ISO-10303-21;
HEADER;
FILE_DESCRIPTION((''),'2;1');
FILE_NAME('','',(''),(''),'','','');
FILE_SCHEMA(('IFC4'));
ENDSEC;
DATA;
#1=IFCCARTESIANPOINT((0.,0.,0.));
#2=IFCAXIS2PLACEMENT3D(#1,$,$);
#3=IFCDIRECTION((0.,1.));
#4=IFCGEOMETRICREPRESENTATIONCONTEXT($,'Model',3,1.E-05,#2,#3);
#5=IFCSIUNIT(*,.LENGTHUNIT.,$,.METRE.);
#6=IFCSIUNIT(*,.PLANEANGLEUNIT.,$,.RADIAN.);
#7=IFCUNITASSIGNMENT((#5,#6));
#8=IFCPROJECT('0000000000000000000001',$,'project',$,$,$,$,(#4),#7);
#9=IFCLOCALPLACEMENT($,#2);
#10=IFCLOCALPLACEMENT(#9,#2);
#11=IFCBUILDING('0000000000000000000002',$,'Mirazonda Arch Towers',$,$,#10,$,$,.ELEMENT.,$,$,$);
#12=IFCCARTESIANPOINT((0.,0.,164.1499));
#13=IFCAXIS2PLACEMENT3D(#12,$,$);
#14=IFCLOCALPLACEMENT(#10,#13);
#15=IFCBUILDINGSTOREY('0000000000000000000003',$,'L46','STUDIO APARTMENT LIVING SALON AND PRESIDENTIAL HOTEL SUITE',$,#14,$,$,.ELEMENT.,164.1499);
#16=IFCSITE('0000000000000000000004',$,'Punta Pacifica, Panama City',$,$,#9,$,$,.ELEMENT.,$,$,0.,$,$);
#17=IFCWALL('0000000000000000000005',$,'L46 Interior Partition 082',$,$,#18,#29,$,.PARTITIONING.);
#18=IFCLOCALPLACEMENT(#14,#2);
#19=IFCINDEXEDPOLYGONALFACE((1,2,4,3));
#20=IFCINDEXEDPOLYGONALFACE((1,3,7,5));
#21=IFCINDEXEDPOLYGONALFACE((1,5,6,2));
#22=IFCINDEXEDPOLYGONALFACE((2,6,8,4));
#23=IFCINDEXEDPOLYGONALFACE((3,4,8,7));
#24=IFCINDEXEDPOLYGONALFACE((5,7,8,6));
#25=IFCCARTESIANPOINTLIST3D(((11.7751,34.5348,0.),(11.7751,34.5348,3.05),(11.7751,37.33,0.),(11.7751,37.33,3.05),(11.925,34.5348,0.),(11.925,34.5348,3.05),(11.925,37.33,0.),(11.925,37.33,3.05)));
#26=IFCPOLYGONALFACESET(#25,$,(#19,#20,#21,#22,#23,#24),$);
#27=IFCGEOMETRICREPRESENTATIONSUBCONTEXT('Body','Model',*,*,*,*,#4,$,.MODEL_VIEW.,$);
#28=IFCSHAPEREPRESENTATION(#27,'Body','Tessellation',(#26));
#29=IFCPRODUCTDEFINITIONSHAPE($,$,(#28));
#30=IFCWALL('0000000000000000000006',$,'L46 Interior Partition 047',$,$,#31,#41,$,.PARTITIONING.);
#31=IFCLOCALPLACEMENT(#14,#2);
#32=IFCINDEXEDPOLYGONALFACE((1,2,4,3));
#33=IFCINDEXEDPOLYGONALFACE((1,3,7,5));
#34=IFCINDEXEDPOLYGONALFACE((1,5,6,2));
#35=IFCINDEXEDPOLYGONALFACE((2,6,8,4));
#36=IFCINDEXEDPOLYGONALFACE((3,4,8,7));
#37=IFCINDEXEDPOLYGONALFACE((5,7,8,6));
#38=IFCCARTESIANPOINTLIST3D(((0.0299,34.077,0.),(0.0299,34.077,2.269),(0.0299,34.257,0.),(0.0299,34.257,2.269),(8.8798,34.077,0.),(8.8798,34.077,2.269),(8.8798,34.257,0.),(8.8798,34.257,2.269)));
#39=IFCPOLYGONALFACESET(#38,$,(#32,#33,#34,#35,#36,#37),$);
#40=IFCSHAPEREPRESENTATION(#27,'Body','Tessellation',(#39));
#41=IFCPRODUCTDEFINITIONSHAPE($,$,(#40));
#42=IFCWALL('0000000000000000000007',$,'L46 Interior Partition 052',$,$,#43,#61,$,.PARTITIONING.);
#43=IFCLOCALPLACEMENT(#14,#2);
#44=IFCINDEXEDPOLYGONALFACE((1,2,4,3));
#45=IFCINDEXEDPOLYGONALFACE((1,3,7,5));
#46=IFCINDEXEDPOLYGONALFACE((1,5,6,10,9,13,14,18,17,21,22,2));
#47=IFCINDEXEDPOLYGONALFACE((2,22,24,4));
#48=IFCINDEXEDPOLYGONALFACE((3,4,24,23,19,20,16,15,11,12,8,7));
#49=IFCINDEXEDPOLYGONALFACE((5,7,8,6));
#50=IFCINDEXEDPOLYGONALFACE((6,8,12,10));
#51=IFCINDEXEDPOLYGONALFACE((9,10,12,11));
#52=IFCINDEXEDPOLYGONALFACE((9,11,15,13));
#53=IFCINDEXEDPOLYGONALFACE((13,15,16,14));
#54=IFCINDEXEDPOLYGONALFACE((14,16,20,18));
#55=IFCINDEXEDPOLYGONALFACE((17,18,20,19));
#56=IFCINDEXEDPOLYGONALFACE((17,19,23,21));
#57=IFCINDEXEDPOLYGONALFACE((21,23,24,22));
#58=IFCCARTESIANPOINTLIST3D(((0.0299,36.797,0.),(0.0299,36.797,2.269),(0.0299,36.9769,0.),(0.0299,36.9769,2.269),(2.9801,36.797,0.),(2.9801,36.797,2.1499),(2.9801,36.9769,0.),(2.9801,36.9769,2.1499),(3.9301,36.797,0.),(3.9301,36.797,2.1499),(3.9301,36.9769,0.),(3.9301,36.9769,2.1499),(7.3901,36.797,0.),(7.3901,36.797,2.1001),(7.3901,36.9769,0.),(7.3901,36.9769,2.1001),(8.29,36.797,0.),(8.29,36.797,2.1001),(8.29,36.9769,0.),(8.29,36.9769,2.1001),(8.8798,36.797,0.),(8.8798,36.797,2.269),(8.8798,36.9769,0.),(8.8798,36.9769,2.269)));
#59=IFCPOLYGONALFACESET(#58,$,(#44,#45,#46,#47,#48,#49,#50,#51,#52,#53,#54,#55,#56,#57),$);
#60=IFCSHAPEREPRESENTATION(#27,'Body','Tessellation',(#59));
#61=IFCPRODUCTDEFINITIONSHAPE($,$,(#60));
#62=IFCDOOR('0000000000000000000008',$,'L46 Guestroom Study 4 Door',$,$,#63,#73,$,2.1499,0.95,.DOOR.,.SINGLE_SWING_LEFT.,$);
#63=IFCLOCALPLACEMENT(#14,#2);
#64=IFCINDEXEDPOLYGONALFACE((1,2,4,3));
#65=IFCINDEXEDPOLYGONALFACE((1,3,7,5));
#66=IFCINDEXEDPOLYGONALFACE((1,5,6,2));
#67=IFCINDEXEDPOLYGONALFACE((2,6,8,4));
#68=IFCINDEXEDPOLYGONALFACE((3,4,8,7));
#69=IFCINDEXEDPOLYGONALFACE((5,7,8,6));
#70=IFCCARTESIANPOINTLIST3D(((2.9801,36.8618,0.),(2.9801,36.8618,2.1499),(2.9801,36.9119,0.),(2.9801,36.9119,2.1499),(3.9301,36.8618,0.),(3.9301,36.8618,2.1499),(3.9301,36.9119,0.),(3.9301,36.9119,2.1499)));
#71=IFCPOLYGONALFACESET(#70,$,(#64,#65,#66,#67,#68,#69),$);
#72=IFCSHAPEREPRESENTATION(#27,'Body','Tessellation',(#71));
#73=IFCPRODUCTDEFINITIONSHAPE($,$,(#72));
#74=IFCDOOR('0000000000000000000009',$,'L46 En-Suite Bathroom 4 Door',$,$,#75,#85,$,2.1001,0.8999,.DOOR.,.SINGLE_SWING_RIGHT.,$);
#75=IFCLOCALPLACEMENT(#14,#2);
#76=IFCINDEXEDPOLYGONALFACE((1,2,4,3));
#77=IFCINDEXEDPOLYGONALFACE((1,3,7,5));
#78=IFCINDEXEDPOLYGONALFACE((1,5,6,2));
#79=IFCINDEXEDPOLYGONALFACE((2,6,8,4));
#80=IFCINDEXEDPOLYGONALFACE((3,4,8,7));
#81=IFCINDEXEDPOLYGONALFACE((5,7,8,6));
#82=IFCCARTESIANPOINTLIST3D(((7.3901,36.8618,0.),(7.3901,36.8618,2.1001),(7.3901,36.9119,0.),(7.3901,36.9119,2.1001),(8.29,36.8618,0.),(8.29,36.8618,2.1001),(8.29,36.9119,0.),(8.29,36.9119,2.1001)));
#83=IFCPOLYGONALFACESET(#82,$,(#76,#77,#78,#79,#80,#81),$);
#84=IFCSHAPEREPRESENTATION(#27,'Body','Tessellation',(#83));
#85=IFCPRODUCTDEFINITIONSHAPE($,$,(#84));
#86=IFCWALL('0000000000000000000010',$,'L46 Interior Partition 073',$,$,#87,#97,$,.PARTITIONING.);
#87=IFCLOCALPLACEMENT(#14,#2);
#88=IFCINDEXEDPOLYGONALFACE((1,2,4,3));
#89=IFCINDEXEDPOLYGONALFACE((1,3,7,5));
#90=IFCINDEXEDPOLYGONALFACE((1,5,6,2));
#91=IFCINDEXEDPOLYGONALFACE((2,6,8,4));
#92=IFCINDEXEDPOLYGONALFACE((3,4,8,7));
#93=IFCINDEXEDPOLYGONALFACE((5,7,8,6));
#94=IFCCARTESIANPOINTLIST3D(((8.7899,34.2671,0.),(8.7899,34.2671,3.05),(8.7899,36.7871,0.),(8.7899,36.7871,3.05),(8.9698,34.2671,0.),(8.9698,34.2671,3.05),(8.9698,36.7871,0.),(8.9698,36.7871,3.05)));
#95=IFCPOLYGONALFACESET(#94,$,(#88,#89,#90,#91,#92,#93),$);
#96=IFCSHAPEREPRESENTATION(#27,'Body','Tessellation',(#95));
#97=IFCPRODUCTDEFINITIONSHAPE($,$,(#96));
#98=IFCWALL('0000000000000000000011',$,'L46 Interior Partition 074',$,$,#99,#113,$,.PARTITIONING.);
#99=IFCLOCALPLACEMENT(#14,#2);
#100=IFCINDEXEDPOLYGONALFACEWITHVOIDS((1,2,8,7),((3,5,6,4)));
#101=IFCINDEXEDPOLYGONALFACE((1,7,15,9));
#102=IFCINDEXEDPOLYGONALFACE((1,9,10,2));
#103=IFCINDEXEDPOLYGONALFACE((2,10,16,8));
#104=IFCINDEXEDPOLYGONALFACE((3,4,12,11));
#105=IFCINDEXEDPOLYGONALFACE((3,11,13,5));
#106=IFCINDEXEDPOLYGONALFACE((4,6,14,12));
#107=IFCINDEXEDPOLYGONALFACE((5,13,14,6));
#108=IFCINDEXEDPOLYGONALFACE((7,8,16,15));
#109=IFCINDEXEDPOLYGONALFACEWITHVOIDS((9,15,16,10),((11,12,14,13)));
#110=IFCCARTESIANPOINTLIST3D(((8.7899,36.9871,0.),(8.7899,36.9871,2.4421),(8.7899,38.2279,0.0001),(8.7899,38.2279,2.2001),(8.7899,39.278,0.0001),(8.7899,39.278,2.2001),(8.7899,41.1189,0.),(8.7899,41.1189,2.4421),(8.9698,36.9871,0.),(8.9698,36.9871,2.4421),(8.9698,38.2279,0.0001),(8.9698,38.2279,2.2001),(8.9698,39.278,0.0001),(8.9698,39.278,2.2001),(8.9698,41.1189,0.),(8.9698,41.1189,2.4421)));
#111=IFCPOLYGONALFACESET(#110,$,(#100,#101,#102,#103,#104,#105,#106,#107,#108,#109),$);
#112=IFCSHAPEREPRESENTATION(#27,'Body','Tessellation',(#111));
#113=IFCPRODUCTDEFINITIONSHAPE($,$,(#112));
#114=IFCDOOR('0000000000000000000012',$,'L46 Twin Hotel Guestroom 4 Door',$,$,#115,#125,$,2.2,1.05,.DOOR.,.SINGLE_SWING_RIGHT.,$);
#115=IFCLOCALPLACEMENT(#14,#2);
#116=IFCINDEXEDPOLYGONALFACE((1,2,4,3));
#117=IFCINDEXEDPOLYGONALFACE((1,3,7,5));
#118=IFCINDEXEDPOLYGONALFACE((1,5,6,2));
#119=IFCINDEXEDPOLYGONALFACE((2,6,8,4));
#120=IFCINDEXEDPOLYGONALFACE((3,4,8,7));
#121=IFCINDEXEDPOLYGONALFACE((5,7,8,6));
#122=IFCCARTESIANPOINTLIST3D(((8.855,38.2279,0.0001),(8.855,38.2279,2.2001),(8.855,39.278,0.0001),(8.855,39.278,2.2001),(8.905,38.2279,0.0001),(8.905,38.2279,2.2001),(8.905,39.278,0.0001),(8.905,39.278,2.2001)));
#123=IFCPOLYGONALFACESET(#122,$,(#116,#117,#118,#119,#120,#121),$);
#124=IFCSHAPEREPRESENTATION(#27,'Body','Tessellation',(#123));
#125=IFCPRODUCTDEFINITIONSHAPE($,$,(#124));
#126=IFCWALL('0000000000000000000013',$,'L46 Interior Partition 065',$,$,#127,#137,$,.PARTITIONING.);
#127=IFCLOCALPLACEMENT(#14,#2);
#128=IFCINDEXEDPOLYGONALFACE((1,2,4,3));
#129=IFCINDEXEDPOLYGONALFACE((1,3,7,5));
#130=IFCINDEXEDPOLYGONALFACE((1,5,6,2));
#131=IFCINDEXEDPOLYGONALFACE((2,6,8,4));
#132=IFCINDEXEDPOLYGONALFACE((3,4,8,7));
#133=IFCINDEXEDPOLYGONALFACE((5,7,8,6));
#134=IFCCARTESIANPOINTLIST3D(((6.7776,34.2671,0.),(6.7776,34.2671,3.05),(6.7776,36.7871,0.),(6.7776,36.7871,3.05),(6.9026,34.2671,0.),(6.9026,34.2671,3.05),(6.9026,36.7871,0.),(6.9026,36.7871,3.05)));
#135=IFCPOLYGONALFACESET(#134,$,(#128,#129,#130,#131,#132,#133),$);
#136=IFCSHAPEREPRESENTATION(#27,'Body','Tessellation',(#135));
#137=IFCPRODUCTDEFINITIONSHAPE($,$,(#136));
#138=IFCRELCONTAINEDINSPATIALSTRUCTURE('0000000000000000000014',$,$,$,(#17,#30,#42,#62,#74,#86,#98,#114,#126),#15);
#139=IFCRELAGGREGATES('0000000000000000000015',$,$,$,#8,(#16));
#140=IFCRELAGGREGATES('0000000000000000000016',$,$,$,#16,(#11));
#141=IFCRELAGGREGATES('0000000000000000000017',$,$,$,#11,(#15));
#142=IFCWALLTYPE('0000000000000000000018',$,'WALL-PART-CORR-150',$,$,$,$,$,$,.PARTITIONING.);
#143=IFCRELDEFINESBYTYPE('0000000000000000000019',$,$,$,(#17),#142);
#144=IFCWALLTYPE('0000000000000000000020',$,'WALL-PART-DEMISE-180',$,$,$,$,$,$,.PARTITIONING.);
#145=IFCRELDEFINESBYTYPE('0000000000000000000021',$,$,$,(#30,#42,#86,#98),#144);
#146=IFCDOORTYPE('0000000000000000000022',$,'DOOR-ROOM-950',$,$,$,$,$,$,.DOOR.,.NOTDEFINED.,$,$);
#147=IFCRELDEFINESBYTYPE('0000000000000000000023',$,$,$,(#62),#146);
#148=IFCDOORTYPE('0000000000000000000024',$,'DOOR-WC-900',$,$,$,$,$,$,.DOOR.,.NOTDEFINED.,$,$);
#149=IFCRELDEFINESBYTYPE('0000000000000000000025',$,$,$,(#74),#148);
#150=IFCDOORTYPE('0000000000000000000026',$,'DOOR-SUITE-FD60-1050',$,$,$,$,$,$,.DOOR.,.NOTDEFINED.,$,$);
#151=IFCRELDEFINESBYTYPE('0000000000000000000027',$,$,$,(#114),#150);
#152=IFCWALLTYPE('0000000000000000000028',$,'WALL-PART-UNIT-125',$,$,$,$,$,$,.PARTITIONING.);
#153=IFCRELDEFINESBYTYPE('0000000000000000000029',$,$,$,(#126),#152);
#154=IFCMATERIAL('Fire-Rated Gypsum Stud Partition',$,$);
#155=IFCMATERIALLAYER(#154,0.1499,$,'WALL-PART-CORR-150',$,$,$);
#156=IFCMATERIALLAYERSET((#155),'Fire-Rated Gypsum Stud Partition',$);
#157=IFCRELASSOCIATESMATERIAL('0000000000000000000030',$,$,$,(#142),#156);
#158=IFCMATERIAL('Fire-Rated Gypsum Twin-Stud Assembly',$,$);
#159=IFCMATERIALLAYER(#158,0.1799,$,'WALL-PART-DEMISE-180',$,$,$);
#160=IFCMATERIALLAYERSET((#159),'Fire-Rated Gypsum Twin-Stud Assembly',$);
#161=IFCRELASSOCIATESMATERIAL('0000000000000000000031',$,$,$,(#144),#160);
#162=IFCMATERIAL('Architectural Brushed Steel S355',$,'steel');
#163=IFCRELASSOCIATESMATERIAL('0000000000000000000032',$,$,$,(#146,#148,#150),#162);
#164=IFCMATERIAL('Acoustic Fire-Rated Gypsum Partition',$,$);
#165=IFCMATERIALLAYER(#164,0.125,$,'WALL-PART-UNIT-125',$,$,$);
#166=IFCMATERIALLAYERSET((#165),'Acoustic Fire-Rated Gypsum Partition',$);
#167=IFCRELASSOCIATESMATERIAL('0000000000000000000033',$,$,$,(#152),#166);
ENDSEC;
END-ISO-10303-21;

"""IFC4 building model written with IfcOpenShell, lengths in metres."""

from ifc_helpers import new_model, si_unit, direction, frame, frame_2d, origin, place, context, subcontext, project, spatial, rectangle, extrude, material, layer, layer_set, type_object, element, fill, save


model = new_model("IFC4")

# Units and contexts
model_context = context("Model", 3, precision=1e-05, world=origin(), true_north=direction((0.0, 1.0)))
body_context = subcontext(model_context, "Body", "Model", "MODEL_VIEW")
ifc_project = project(units=[si_unit("LENGTHUNIT", "METRE"), si_unit("PLANEANGLEUNIT", "RADIAN")], contexts=[model_context])

# Site, building, storey
site_placement = place(None, origin())
site = spatial("IfcSite", under=ifc_project, at=site_placement, Name="Punta Pacifica, Panama City", CompositionType="ELEMENT", RefElevation=0.0)
building_placement = place(site_placement, origin())
building = spatial("IfcBuilding", under=site, at=building_placement, Name="Mirazonda Arch Towers", CompositionType="ELEMENT")
storey_placement = place(building_placement, frame((0.0, 0.0, 164.1499)))
storey = spatial("IfcBuildingStorey", under=building, at=storey_placement, Name="L46", Description="STUDIO APARTMENT LIVING SALON AND PRESIDENTIAL HOTEL SUITE", CompositionType="ELEMENT", Elevation=164.1499)

# Shared definitions
ifc_material_1 = material(Name="Fire-Rated Gypsum Stud Partition")
ifc_layer_1 = layer(ifc_material_1, 0.1499, Name="WALL-PART-CORR-150")
ifc_layer_set_1 = layer_set([ifc_layer_1], Name="Fire-Rated Gypsum Stud Partition")
wall_type_1 = type_object("IfcWallType", Name="WALL-PART-CORR-150", PredefinedType="PARTITIONING", material=ifc_layer_set_1)
ifc_material_2 = material(Name="Architectural Brushed Steel S355", Category="steel")

# Walls
wall_1_placement = place(storey_placement, frame((11.8501, 34.5349, 0.0), z_axis=(0.0, 0.0, 1.0), x_axis=(0.0, 1.0, 0.0)))
element("IfcWall", 1, at=wall_1_placement, inside=storey, type_object=wall_type_1, Name="L46 Interior Partition 082", PredefinedType="PARTITIONING", context=body_context, shape_type="SweptSolid", body=[
    extrude(rectangle(XDim=2.7952, YDim=0.1499, at=frame_2d((1.3975, 0.0))), origin(), (0.0, 0.0, 1.0), 3.05),
])
ifc_material_3 = material(Name="Fire-Rated Gypsum Twin-Stud Assembly")
ifc_layer_2 = layer(ifc_material_3, 0.1799, Name="WALL-PART-DEMISE-180")
ifc_layer_set_2 = layer_set([ifc_layer_2], Name="Fire-Rated Gypsum Twin-Stud Assembly")
wall_type_2 = type_object("IfcWallType", Name="WALL-PART-DEMISE-180", PredefinedType="PARTITIONING", material=ifc_layer_set_2)
wall_2_placement = place(storey_placement, frame((0.03, 34.167, 0.0), z_axis=(0.0, 0.0, 1.0), x_axis=(1.0, 0.0, 0.0)))
element("IfcWall", 2, at=wall_2_placement, inside=storey, type_object=wall_type_2, Name="L46 Interior Partition 047", PredefinedType="PARTITIONING", context=body_context, shape_type="SweptSolid", body=[
    extrude(rectangle(XDim=8.8499, YDim=0.1799, at=frame_2d((4.4248, 0.0))), origin(), (0.0, 0.0, 1.0), 2.269),
])

# Wall, openings, doors
wall_3_placement = place(storey_placement, frame((0.03, 36.887, 0.0), z_axis=(0.0, 0.0, 1.0), x_axis=(1.0, 0.0, 0.0)))
wall_3 = element("IfcWall", 3, at=wall_3_placement, inside=storey, type_object=wall_type_2, Name="L46 Interior Partition 052", PredefinedType="PARTITIONING", context=body_context, shape_type="SweptSolid", body=[
    extrude(rectangle(XDim=8.8499, YDim=0.1799, at=frame_2d((4.4248, 0.0))), origin(), (0.0, 0.0, 1.0), 2.269),
])
opening_1_placement = place(wall_3_placement, frame((2.95, 0.0, 0.0)))
opening_1 = element("IfcOpeningElement", 4, at=opening_1_placement, cuts=wall_3, PredefinedType="OPENING", context=body_context, shape_type="SweptSolid", body=[
    extrude(rectangle(XDim=0.95, YDim=2.1499, at=frame_2d((0.4751, 1.075))), frame((0.0, 0.0999, 0.0), z_axis=(0.0, -1.0, 0.0), x_axis=(1.0, 0.0, 0.0)), (0.0, 0.0, 1.0), 0.2),
])
opening_2_placement = place(wall_3_placement, frame((7.3601, 0.0, 0.0)))
opening_2 = element("IfcOpeningElement", 5, at=opening_2_placement, cuts=wall_3, PredefinedType="OPENING", context=body_context, shape_type="SweptSolid", body=[
    extrude(rectangle(XDim=0.8999, YDim=2.1001, at=frame_2d((0.45, 1.05))), frame((0.0, 0.0999, 0.0), z_axis=(0.0, -1.0, 0.0), x_axis=(1.0, 0.0, 0.0)), (0.0, 0.0, 1.0), 0.2),
])
door_type_1 = type_object("IfcDoorType", Name="DOOR-ROOM-950", OperationType="NOTDEFINED", PredefinedType="DOOR", material=ifc_material_2)
door_1_placement = place(opening_1_placement, origin())
door_1 = element("IfcDoor", 6, at=door_1_placement, inside=storey, type_object=door_type_1, Name="L46 Guestroom Study 4 Door", OperationType="SINGLE_SWING_LEFT", OverallHeight=2.1499, OverallWidth=0.95, PredefinedType="DOOR", context=body_context, shape_type="SweptSolid", body=[
    extrude(rectangle(XDim=0.95, YDim=2.1499, at=frame_2d((0.4751, 1.075))), frame((0.0, 0.0249, 0.0), z_axis=(0.0, -1.0, 0.0), x_axis=(1.0, 0.0, 0.0)), (0.0, 0.0, 1.0), 0.05),
])
fill(opening_1, door_1)
door_type_2 = type_object("IfcDoorType", Name="DOOR-WC-900", OperationType="NOTDEFINED", PredefinedType="DOOR", material=ifc_material_2)
door_2_placement = place(opening_2_placement, origin())
door_2 = element("IfcDoor", 7, at=door_2_placement, inside=storey, type_object=door_type_2, Name="L46 En-Suite Bathroom 4 Door", OperationType="SINGLE_SWING_RIGHT", OverallHeight=2.1001, OverallWidth=0.8999, PredefinedType="DOOR", context=body_context, shape_type="SweptSolid", body=[
    extrude(rectangle(XDim=0.8999, YDim=2.1001, at=frame_2d((0.45, 1.05))), frame((0.0, 0.0249, 0.0), z_axis=(0.0, -1.0, 0.0), x_axis=(1.0, 0.0, 0.0)), (0.0, 0.0, 1.0), 0.05),
])
fill(opening_2, door_2)

# Wall
wall_4_placement = place(storey_placement, frame((8.8799, 34.2671, 0.0), z_axis=(0.0, 0.0, 1.0), x_axis=(0.0, 1.0, 0.0)))
element("IfcWall", 8, at=wall_4_placement, inside=storey, type_object=wall_type_2, Name="L46 Interior Partition 073", PredefinedType="PARTITIONING", context=body_context, shape_type="SweptSolid", body=[
    extrude(rectangle(XDim=2.52, YDim=0.1799, at=frame_2d((1.26, 0.0))), origin(), (0.0, 0.0, 1.0), 3.05),
])

# Wall, opening, door
wall_5_placement = place(storey_placement, frame((8.8799, 36.9871, 0.0), z_axis=(0.0, 0.0, 1.0), x_axis=(0.0, 1.0, 0.0)))
wall_5 = element("IfcWall", 9, at=wall_5_placement, inside=storey, type_object=wall_type_2, Name="L46 Interior Partition 074", PredefinedType="PARTITIONING", context=body_context, shape_type="SweptSolid", body=[
    extrude(rectangle(XDim=4.1318, YDim=0.1799, at=frame_2d((2.0659, 0.0))), origin(), (0.0, 0.0, 1.0), 2.4421),
])
opening_3_placement = place(wall_5_placement, frame((1.241, 0.0, 0.0)))
opening_3 = element("IfcOpeningElement", 10, at=opening_3_placement, cuts=wall_5, PredefinedType="OPENING", context=body_context, shape_type="SweptSolid", body=[
    extrude(rectangle(XDim=1.05, YDim=2.2, at=frame_2d((0.5249, 1.1001))), frame((0.0, 0.0999, 0.0), z_axis=(0.0, -1.0, 0.0), x_axis=(1.0, 0.0, 0.0)), (0.0, 0.0, 1.0), 0.2),
])
door_type_3 = type_object("IfcDoorType", Name="DOOR-SUITE-FD60-1050", OperationType="NOTDEFINED", PredefinedType="DOOR", material=ifc_material_2)
door_3_placement = place(opening_3_placement, origin())
door_3 = element("IfcDoor", 11, at=door_3_placement, inside=storey, type_object=door_type_3, Name="L46 Twin Hotel Guestroom 4 Door", OperationType="SINGLE_SWING_RIGHT", OverallHeight=2.2, OverallWidth=1.05, PredefinedType="DOOR", context=body_context, shape_type="SweptSolid", body=[
    extrude(rectangle(XDim=1.05, YDim=2.2, at=frame_2d((0.5249, 1.1001))), frame((0.0, 0.0249, 0.0), z_axis=(0.0, -1.0, 0.0), x_axis=(1.0, 0.0, 0.0)), (0.0, 0.0, 1.0), 0.05),
])
fill(opening_3, door_3)

# Wall
ifc_material_4 = material(Name="Acoustic Fire-Rated Gypsum Partition")
ifc_layer_3 = layer(ifc_material_4, 0.125, Name="WALL-PART-UNIT-125")
ifc_layer_set_3 = layer_set([ifc_layer_3], Name="Acoustic Fire-Rated Gypsum Partition")
wall_type_3 = type_object("IfcWallType", Name="WALL-PART-UNIT-125", PredefinedType="PARTITIONING", material=ifc_layer_set_3)
wall_6_placement = place(storey_placement, frame((6.8401, 34.2671, 0.0), z_axis=(0.0, 0.0, 1.0), x_axis=(0.0, 1.0, 0.0)))
element("IfcWall", 12, at=wall_6_placement, inside=storey, type_object=wall_type_3, Name="L46 Interior Partition 065", PredefinedType="PARTITIONING", context=body_context, shape_type="SweptSolid", body=[
    extrude(rectangle(XDim=2.52, YDim=0.125, at=frame_2d((1.26, 0.0))), origin(), (0.0, 0.0, 1.0), 3.05),
])

save(model, "model.ifc")
